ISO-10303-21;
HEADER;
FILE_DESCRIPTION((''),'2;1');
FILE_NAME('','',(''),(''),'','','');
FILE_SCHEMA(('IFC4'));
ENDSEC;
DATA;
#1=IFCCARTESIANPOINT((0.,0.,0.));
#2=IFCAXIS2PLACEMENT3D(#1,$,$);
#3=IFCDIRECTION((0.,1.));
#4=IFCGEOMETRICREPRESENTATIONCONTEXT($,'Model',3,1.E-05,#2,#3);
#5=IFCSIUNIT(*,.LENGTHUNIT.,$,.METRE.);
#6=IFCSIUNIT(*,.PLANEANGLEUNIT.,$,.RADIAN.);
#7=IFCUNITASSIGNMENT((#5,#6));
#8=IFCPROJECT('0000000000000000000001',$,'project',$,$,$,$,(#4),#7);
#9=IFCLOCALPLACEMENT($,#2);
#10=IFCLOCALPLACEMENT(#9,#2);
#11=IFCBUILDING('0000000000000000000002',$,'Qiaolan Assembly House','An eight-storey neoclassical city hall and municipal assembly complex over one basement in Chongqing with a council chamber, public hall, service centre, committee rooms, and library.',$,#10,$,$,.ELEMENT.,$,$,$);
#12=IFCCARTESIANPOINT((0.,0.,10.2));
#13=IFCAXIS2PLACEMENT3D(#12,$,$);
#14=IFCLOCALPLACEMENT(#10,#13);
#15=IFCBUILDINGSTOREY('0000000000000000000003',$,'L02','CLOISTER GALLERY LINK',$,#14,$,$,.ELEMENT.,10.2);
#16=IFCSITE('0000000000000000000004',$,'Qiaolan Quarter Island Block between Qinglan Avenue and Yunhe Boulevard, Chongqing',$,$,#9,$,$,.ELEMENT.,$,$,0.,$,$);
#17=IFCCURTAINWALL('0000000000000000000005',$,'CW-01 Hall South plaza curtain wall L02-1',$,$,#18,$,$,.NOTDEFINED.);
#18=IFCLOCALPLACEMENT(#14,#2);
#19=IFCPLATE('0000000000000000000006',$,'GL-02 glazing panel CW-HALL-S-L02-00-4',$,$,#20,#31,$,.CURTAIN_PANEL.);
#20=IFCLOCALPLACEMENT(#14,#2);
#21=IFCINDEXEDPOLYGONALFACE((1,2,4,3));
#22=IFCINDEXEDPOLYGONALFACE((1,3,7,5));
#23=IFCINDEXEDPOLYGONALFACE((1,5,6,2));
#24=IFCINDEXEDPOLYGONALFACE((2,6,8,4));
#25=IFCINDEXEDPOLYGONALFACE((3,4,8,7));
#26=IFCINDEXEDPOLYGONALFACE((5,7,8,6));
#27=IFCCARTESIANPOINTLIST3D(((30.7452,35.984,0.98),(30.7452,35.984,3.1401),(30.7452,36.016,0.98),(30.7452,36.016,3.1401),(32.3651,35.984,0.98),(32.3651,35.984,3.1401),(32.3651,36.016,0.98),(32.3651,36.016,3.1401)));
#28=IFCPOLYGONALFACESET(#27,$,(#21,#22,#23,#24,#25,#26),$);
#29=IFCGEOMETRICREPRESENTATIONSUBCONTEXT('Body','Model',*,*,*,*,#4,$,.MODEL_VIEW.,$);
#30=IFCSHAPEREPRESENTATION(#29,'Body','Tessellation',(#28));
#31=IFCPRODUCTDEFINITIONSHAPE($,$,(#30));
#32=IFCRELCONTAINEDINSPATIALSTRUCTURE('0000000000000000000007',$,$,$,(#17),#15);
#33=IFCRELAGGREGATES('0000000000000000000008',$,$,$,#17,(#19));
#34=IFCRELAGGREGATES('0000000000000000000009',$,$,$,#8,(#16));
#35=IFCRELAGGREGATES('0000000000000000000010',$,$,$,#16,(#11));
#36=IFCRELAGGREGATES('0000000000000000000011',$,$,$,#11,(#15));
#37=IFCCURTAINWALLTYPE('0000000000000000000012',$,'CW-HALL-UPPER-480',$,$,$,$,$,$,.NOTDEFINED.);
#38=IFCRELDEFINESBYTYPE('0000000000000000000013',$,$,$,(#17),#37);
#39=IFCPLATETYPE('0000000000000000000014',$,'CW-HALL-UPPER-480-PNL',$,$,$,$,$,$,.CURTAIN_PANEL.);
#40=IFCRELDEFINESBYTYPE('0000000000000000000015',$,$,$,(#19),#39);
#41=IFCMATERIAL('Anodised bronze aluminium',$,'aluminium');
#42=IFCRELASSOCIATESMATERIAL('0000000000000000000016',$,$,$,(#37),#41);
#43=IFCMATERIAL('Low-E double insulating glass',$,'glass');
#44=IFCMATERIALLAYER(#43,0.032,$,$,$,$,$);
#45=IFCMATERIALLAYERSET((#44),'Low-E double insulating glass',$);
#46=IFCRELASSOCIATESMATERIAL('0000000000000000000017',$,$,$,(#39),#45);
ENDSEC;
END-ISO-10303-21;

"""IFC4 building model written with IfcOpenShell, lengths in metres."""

from ifc_helpers import new_model, si_unit, direction, frame, frame_2d, origin, place, context, subcontext, project, spatial, rectangle, extrude, material, layer, layer_set, type_object, element, aggregate, save


model = new_model("IFC4")

# Units and contexts
model_context = context("Model", 3, precision=1e-05, world=origin(), true_north=direction((0.0, 1.0)))
body_context = subcontext(model_context, "Body", "Model", "MODEL_VIEW")
ifc_project = project(units=[si_unit("LENGTHUNIT", "METRE"), si_unit("PLANEANGLEUNIT", "RADIAN")], contexts=[model_context])

# Site, building, storey
site_placement = place(None, origin())
site = spatial("IfcSite", under=ifc_project, at=site_placement, Name="Qiaolan Quarter Island Block between Qinglan Avenue and Yunhe Boulevard, Chongqing", CompositionType="ELEMENT", RefElevation=0.0)
building_placement = place(site_placement, origin())
building = spatial("IfcBuilding", under=site, at=building_placement, Name="Qiaolan Assembly House", Description="An eight-storey neoclassical city hall and municipal assembly complex over one basement in Chongqing with a council chamber, public hall, service centre, committee rooms, and library.", CompositionType="ELEMENT")
storey_placement = place(building_placement, frame((0.0, 0.0, 10.2)))
storey = spatial("IfcBuildingStorey", under=building, at=storey_placement, Name="L02", Description="CLOISTER GALLERY LINK", CompositionType="ELEMENT", Elevation=10.2)

# Shared definitions
ifc_material_1 = material(Name="Anodised bronze aluminium", Category="aluminium")
curtain_wall_type = type_object("IfcCurtainWallType", Name="CW-HALL-UPPER-480", PredefinedType="NOTDEFINED", material=ifc_material_1)

# Curtain wall
curtain_wall_1_placement = place(storey_placement, origin())
curtain_wall_1 = element("IfcCurtainWall", 1, at=curtain_wall_1_placement, inside=storey, type_object=curtain_wall_type, Name="CW-01 Hall South plaza curtain wall L02-1", PredefinedType="NOTDEFINED")

# Plate
ifc_material_2 = material(Name="Low-E double insulating glass", Category="glass")
ifc_layer = layer(ifc_material_2, 0.032)
ifc_layer_set = layer_set([ifc_layer], Name="Low-E double insulating glass")
plate_type = type_object("IfcPlateType", Name="CW-HALL-UPPER-480-PNL", PredefinedType="CURTAIN_PANEL", material=ifc_layer_set)
plate_1_placement = place(storey_placement, frame((30.7451, 36.0, 0.98), z_axis=(0.0, 0.0, 1.0), x_axis=(1.0, 0.0, 0.0)))
plate_1 = element("IfcPlate", 2, at=plate_1_placement, type_object=plate_type, Name="GL-02 glazing panel CW-HALL-S-L02-00-4", PredefinedType="CURTAIN_PANEL", context=body_context, shape_type="SweptSolid", body=[
    extrude(rectangle(XDim=1.6199, YDim=0.032, at=frame_2d((0.8101, 0.0))), origin(), (0.0, 0.0, 1.0), 2.1602),
])
aggregate(curtain_wall_1, [plate_1])

save(model, "model.ifc")
